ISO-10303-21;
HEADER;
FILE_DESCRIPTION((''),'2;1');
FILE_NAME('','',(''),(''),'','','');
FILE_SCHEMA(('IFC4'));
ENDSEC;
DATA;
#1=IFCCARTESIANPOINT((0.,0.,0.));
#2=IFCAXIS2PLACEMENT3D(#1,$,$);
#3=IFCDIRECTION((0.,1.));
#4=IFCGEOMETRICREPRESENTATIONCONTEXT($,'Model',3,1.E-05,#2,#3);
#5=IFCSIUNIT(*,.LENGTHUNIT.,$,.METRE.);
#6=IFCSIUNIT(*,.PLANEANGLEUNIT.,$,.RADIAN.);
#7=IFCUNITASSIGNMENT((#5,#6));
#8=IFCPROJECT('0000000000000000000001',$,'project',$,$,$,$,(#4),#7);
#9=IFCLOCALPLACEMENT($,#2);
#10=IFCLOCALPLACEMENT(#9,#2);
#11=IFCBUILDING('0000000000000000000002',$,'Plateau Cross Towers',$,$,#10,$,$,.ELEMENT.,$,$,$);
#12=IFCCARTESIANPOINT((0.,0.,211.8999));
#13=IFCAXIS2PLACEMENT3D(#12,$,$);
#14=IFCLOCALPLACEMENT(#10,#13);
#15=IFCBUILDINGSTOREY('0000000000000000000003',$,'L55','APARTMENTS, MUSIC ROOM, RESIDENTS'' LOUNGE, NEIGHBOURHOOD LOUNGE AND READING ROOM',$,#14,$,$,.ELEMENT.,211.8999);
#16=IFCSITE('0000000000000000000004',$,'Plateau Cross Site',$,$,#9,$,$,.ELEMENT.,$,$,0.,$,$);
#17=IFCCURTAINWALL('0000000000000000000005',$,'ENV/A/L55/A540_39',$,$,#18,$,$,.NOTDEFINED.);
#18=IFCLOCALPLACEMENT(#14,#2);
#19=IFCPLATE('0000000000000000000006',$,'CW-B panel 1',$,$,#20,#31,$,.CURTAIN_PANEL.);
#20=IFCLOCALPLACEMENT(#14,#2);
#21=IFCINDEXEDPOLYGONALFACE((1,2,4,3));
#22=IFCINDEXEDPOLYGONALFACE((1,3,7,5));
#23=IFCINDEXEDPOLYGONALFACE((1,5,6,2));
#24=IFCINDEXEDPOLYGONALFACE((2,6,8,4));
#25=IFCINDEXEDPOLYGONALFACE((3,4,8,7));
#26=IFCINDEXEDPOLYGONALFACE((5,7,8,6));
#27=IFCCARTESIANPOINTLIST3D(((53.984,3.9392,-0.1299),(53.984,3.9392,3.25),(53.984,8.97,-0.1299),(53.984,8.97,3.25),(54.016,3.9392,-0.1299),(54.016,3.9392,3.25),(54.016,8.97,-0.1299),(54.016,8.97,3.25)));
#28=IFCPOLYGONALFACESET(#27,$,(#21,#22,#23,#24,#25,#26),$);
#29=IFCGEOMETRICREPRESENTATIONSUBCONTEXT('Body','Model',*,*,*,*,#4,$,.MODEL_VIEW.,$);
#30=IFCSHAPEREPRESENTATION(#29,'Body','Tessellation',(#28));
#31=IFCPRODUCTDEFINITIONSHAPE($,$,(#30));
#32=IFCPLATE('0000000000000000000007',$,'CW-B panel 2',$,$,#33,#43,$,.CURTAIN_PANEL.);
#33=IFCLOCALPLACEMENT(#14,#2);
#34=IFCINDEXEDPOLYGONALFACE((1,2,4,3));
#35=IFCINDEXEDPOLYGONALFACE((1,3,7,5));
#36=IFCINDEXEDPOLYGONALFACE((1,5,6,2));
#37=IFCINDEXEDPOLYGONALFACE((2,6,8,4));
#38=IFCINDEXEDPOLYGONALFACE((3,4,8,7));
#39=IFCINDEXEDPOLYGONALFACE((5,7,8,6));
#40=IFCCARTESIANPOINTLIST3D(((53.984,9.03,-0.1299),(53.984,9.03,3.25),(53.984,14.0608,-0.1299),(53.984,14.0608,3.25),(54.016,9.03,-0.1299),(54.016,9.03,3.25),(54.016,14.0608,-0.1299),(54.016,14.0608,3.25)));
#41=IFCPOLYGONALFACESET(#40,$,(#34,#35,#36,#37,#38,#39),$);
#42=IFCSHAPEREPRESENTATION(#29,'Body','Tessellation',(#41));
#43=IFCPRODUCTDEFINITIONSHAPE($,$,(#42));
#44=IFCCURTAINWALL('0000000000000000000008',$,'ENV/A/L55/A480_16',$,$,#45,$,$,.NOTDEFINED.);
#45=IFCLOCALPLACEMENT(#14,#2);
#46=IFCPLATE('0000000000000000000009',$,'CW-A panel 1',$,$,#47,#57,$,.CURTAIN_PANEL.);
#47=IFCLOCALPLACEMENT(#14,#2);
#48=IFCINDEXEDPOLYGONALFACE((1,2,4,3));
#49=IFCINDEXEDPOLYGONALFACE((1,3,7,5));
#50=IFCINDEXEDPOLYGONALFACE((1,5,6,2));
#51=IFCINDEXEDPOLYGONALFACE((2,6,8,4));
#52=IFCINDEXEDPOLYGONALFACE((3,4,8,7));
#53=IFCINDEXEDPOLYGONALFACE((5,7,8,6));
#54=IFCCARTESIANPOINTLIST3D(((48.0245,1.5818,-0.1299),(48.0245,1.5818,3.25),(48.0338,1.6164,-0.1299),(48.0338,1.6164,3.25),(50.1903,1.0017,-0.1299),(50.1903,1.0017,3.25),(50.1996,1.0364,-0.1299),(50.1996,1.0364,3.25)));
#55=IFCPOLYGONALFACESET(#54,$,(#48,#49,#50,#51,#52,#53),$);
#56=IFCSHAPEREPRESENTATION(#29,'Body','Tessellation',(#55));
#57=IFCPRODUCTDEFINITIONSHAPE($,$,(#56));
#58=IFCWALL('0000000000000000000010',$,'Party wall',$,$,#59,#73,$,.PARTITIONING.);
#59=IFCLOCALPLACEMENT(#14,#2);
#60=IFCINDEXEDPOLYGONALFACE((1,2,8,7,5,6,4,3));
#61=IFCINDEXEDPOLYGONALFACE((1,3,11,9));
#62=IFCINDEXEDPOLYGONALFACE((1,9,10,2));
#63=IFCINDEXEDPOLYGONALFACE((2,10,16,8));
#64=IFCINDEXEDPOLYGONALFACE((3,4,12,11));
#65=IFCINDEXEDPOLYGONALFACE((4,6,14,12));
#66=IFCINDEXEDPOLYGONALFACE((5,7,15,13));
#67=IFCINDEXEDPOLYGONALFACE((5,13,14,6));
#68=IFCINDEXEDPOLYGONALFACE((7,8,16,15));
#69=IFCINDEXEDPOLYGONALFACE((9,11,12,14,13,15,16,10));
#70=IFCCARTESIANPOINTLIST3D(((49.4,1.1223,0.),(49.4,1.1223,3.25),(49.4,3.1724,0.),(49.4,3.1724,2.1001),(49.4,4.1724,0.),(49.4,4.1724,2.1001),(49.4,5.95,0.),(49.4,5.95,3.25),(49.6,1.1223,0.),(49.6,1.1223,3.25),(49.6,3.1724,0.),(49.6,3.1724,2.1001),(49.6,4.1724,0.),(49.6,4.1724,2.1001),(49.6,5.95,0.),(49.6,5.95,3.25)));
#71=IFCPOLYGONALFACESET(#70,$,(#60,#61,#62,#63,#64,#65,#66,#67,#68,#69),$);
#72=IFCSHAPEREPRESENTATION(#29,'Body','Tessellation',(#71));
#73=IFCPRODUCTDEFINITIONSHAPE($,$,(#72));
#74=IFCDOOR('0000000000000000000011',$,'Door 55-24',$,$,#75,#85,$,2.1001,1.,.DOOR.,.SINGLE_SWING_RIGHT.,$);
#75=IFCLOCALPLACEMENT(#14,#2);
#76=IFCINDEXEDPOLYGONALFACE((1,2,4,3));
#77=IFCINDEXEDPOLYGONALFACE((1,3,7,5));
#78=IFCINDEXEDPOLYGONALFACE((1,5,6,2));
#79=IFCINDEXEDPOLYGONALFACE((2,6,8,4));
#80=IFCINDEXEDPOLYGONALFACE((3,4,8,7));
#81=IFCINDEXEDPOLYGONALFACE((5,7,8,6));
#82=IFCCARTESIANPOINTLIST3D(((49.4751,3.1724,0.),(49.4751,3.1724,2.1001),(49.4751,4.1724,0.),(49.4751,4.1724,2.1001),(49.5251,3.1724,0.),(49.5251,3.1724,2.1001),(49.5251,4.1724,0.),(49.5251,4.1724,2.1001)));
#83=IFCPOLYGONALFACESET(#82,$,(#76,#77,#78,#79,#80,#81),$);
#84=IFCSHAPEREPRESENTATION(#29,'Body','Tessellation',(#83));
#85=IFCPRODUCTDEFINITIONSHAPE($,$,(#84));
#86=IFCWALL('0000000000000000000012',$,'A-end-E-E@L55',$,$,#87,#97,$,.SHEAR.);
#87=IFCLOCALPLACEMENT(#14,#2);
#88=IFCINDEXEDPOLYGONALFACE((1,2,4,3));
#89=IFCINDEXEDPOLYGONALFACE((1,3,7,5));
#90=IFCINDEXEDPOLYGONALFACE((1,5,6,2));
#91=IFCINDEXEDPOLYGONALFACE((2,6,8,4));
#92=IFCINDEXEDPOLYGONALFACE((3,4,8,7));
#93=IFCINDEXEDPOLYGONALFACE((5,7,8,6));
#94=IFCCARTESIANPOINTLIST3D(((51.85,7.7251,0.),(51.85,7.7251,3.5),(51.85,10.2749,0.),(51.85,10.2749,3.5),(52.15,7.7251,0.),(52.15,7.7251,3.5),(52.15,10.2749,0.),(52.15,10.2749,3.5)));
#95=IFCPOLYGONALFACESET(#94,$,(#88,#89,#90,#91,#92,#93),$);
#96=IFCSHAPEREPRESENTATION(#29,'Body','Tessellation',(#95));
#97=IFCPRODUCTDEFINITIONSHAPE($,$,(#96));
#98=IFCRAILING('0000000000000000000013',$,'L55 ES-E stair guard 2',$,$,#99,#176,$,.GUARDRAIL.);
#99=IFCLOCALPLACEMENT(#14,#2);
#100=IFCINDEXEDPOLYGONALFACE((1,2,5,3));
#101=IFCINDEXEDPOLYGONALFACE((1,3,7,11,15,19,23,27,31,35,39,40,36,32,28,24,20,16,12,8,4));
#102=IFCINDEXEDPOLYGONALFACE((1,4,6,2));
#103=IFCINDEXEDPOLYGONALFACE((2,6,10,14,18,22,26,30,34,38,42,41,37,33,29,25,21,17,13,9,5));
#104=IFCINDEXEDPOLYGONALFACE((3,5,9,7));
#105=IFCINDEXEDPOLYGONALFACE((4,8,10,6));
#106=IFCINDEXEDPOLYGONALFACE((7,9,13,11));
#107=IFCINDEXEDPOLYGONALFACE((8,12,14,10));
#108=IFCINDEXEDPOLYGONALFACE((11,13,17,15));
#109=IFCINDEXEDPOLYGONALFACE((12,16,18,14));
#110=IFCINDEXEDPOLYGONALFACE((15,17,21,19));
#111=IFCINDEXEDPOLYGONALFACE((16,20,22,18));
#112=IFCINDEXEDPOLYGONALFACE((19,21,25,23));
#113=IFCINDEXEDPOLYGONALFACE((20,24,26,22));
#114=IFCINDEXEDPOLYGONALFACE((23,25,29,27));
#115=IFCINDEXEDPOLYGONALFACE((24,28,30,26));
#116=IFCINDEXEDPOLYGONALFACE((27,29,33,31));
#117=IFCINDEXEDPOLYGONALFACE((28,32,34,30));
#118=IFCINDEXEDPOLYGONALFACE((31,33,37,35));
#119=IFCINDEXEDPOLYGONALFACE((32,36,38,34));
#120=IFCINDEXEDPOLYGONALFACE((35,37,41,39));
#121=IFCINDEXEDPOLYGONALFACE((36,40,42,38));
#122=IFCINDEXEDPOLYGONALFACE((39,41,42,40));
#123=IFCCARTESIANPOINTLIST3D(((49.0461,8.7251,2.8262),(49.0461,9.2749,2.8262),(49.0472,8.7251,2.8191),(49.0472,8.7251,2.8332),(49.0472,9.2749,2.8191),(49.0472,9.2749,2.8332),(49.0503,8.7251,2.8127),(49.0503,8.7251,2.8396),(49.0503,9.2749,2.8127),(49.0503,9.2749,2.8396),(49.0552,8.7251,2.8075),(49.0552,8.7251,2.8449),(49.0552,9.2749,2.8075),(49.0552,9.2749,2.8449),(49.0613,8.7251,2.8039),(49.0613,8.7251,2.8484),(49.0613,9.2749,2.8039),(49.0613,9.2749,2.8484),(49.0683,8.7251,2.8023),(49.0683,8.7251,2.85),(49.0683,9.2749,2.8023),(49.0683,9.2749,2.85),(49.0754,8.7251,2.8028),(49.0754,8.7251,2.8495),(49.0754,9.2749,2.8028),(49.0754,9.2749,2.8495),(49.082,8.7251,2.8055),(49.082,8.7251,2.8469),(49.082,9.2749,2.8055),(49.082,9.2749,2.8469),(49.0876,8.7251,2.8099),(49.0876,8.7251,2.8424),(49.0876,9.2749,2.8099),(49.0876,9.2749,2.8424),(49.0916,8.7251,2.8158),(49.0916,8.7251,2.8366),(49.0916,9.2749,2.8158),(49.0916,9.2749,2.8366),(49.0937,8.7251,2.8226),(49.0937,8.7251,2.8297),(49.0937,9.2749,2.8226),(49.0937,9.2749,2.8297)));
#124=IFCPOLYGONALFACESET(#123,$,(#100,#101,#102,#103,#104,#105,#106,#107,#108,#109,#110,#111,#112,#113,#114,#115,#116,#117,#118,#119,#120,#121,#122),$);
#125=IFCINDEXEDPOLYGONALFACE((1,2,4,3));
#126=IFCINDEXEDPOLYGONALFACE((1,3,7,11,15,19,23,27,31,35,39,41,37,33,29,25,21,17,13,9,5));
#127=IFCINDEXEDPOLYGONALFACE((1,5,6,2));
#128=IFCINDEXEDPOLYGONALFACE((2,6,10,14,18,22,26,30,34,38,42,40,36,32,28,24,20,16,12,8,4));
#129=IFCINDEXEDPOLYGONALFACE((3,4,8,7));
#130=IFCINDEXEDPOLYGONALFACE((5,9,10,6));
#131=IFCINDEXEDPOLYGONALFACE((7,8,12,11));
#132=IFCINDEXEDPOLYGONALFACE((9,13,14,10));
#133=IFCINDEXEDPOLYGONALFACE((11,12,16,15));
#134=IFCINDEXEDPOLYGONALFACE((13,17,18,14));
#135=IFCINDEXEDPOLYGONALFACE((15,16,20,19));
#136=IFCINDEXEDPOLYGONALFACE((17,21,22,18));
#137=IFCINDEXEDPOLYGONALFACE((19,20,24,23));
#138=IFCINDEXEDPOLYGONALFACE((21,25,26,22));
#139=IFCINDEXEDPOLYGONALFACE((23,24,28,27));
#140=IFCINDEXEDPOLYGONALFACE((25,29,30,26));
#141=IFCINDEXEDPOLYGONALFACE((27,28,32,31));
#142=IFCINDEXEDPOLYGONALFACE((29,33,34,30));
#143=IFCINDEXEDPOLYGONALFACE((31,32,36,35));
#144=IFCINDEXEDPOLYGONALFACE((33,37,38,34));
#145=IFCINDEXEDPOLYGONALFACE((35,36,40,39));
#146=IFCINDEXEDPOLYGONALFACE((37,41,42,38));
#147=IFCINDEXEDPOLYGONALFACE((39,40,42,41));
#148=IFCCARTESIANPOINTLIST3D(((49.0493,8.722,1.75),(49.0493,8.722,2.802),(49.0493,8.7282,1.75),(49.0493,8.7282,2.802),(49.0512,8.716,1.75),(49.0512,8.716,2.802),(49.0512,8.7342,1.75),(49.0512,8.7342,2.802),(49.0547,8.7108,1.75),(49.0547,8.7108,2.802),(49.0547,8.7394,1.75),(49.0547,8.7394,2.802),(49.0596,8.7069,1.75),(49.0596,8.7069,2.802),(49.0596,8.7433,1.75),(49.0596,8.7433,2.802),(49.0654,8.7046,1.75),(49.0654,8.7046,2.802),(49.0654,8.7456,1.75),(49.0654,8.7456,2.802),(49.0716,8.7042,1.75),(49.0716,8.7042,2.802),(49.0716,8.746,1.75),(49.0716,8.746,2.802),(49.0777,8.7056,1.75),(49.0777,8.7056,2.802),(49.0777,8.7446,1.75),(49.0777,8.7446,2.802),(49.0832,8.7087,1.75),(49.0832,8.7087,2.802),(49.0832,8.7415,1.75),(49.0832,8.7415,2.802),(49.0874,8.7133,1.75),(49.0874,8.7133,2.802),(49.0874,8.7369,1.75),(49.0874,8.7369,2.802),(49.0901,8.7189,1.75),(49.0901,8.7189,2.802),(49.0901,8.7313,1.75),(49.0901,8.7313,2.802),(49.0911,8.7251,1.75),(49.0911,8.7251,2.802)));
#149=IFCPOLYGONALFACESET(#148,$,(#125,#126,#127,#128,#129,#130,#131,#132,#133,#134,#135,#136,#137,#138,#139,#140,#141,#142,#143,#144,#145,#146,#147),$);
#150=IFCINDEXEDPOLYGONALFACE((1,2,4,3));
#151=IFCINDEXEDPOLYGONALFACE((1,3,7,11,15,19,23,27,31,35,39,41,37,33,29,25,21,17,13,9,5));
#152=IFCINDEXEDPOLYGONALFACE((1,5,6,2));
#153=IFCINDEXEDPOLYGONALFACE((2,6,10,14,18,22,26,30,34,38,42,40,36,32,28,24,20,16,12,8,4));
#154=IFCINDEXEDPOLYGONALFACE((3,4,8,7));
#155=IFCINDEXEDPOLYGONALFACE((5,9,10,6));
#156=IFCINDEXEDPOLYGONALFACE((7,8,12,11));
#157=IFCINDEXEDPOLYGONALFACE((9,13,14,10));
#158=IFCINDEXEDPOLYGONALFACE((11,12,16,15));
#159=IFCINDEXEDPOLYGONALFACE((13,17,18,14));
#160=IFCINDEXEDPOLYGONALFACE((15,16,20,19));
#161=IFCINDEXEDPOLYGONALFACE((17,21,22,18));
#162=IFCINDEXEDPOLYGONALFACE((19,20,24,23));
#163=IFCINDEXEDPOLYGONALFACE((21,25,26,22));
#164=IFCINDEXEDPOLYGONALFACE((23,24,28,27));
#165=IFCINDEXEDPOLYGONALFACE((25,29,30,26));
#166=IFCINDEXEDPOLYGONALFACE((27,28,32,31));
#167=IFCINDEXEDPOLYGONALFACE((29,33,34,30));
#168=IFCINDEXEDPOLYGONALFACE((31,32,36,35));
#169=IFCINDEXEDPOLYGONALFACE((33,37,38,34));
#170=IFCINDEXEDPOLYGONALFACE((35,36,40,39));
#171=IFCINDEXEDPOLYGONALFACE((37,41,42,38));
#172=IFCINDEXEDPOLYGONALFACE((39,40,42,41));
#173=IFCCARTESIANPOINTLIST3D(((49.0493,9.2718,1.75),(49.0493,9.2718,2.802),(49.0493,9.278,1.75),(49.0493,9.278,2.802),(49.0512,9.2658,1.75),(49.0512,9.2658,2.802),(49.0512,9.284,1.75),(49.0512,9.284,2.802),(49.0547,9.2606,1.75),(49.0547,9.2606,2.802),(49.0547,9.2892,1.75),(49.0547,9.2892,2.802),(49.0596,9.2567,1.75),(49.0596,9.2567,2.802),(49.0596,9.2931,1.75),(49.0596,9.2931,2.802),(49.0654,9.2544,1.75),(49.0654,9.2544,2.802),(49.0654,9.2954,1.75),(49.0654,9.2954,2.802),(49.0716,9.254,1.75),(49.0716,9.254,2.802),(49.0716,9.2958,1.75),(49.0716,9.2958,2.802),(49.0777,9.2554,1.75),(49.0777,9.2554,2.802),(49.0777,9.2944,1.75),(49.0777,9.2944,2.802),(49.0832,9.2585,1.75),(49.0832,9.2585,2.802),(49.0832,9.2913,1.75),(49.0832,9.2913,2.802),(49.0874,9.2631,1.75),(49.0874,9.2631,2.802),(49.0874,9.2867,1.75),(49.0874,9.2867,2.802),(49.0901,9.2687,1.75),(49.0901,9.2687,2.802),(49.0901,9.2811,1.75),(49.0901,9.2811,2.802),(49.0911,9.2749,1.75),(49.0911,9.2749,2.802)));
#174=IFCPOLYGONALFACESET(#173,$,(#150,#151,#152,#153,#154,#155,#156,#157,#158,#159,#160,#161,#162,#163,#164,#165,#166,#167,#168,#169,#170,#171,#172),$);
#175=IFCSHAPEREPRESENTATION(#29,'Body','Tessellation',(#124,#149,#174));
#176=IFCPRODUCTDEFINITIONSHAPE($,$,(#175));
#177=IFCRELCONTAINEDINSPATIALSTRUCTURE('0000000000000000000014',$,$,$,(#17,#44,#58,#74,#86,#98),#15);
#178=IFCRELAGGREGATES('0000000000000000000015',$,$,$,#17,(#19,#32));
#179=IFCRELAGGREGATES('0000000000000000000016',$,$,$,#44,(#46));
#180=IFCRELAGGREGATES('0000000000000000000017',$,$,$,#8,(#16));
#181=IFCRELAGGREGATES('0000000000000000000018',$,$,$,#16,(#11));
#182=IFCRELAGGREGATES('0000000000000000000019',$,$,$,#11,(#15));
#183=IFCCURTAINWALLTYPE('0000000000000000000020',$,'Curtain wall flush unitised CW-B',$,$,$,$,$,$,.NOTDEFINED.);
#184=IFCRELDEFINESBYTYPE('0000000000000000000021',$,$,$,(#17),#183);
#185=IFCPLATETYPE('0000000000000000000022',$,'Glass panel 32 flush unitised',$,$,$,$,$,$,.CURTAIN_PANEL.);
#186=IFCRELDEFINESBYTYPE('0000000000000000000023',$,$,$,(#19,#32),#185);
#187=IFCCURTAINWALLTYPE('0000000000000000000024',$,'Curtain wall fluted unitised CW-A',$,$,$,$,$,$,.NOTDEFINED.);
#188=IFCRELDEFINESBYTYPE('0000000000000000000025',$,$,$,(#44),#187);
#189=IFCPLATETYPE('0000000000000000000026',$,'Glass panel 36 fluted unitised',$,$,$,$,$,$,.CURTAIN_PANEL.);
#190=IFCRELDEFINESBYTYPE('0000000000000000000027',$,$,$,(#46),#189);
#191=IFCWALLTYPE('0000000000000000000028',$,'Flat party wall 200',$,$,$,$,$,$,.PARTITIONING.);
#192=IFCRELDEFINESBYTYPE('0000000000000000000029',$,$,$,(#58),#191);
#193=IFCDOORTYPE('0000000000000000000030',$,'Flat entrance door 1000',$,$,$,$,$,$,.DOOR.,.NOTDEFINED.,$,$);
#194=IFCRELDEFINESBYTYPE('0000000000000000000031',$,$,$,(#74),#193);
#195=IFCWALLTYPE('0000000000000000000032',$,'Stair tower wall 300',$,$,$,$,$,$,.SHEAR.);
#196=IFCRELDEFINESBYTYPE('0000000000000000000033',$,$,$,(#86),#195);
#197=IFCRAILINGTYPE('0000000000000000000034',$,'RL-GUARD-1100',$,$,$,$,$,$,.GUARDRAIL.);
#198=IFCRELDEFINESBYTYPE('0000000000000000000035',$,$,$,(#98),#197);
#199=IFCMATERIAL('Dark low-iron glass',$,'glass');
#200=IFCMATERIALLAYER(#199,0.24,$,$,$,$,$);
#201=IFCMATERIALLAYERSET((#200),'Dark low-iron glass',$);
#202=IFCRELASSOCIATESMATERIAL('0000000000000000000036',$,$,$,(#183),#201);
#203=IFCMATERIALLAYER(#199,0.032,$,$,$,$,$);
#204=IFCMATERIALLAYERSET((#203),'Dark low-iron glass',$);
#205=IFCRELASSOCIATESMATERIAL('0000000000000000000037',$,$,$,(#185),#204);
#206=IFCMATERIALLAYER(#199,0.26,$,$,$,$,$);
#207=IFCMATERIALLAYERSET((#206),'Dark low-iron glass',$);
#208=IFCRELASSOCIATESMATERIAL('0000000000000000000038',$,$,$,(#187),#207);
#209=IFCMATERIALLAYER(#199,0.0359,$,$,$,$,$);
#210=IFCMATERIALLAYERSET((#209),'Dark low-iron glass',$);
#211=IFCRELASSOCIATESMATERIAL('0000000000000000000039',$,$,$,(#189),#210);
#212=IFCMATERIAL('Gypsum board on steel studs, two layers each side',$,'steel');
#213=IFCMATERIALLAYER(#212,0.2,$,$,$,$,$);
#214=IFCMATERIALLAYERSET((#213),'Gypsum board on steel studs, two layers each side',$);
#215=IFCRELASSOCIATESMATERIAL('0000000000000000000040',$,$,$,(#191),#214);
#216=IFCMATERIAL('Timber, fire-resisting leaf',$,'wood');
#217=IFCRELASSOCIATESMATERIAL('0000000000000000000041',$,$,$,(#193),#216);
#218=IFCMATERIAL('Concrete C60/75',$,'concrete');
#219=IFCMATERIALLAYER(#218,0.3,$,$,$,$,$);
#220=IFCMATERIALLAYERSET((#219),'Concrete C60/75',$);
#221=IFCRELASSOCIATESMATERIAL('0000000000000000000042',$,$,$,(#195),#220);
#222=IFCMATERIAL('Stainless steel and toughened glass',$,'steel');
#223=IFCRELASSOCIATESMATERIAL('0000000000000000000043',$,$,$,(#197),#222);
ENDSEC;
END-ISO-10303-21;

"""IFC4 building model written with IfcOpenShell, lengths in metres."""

from ifc_helpers import new_model, si_unit, direction, frame, frame_2d, origin, origin_2d, place, context, subcontext, project, spatial, rectangle, circle, extrude, material, layer, layer_set, type_object, element, fill, aggregate, save


model = new_model("IFC4")

# Units and contexts
model_context = context("Model", 3, precision=1e-05, world=origin(), true_north=direction((0.0, 1.0)))
body_context = subcontext(model_context, "Body", "Model", "MODEL_VIEW")
ifc_project = project(units=[si_unit("LENGTHUNIT", "METRE"), si_unit("PLANEANGLEUNIT", "RADIAN")], contexts=[model_context])

# Site, building, storey
site_placement = place(None, origin())
site = spatial("IfcSite", under=ifc_project, at=site_placement, Name="Plateau Cross Site", CompositionType="ELEMENT", RefElevation=0.0)
building_placement = place(site_placement, origin())
building = spatial("IfcBuilding", under=site, at=building_placement, Name="Plateau Cross Towers", CompositionType="ELEMENT")
storey_placement = place(building_placement, frame((0.0, 0.0, 211.8999)))
storey = spatial("IfcBuildingStorey", under=building, at=storey_placement, Name="L55", Description="APARTMENTS, MUSIC ROOM, RESIDENTS' LOUNGE, NEIGHBOURHOOD LOUNGE AND READING ROOM", CompositionType="ELEMENT", Elevation=211.8999)

# Shared definitions
ifc_material_1 = material(Name="Concrete C60/75", Category="concrete")

# Shared definitions
ifc_material_2 = material(Name="Dark low-iron glass", Category="glass")
ifc_layer_1 = layer(ifc_material_2, 0.24)
ifc_layer_set_1 = layer_set([ifc_layer_1], Name="Dark low-iron glass")
curtain_wall_type_1 = type_object("IfcCurtainWallType", Name="Curtain wall flush unitised CW-B", PredefinedType="NOTDEFINED", material=ifc_layer_set_1)

# Curtain wall
curtain_wall_1_placement = place(storey_placement, origin())
curtain_wall_1 = element("IfcCurtainWall", 1, at=curtain_wall_1_placement, inside=storey, type_object=curtain_wall_type_1, Name="ENV/A/L55/A540_39", PredefinedType="NOTDEFINED")

# Plates
ifc_layer_2 = layer(ifc_material_2, 0.032)
ifc_layer_set_2 = layer_set([ifc_layer_2], Name="Dark low-iron glass")
plate_type_1 = type_object("IfcPlateType", Name="Glass panel 32 flush unitised", PredefinedType="CURTAIN_PANEL", material=ifc_layer_set_2)
plate_1_placement = place(storey_placement, frame((54.0, 6.4546, -0.1299), z_axis=(0.0, 0.0, 1.0), x_axis=(0.0, 1.0, 0.0)))
plate_1 = element("IfcPlate", 2, at=plate_1_placement, type_object=plate_type_1, Name="CW-B panel 1", PredefinedType="CURTAIN_PANEL", context=body_context, shape_type="SweptSolid", body=[
    extrude(rectangle(XDim=5.0308, YDim=0.032, at=origin_2d()), origin(), (0.0, 0.0, 1.0), 3.3799),
])
plate_2_placement = place(storey_placement, frame((54.0, 11.5454, -0.1299), z_axis=(0.0, 0.0, 1.0), x_axis=(0.0, 1.0, 0.0)))
plate_2 = element("IfcPlate", 3, at=plate_2_placement, type_object=plate_type_1, Name="CW-B panel 2", PredefinedType="CURTAIN_PANEL", context=body_context, shape_type="SweptSolid", body=[
    extrude(rectangle(XDim=5.0308, YDim=0.032, at=origin_2d()), origin(), (0.0, 0.0, 1.0), 3.3799),
])
aggregate(curtain_wall_1, [plate_1, plate_2])

# Curtain wall, plate
ifc_layer_3 = layer(ifc_material_2, 0.26)
ifc_layer_set_3 = layer_set([ifc_layer_3], Name="Dark low-iron glass")
curtain_wall_type_2 = type_object("IfcCurtainWallType", Name="Curtain wall fluted unitised CW-A", PredefinedType="NOTDEFINED", material=ifc_layer_set_3)
curtain_wall_2_placement = place(storey_placement, origin())
curtain_wall_2 = element("IfcCurtainWall", 4, at=curtain_wall_2_placement, inside=storey, type_object=curtain_wall_type_2, Name="ENV/A/L55/A480_16", PredefinedType="NOTDEFINED")
ifc_layer_4 = layer(ifc_material_2, 0.0359)
ifc_layer_set_4 = layer_set([ifc_layer_4], Name="Dark low-iron glass")
plate_type_2 = type_object("IfcPlateType", Name="Glass panel 36 fluted unitised", PredefinedType="CURTAIN_PANEL", material=ifc_layer_set_4)
plate_3_placement = place(storey_placement, frame((49.1121, 1.3091, -0.1299), z_axis=(0.0, 0.0, 1.0), x_axis=(0.965958, -0.258699, 0.0)))
plate_3 = element("IfcPlate", 5, at=plate_3_placement, type_object=plate_type_2, Name="CW-A panel 1", PredefinedType="CURTAIN_PANEL", context=body_context, shape_type="SweptSolid", body=[
    extrude(rectangle(XDim=2.2422, YDim=0.0359, at=origin_2d()), origin(), (0.0, 0.0, 1.0), 3.3799),
])
aggregate(curtain_wall_2, [plate_3])

# Wall, opening, door
ifc_material_3 = material(Name="Gypsum board on steel studs, two layers each side", Category="steel")
ifc_layer_5 = layer(ifc_material_3, 0.2)
ifc_layer_set_5 = layer_set([ifc_layer_5], Name="Gypsum board on steel studs, two layers each side")
wall_type_1 = type_object("IfcWallType", Name="Flat party wall 200", PredefinedType="PARTITIONING", material=ifc_layer_set_5)
wall_1_placement = place(storey_placement, frame((49.5, 1.1223, 0.0), z_axis=(0.0, 0.0, 1.0), x_axis=(0.0, 1.0, 0.0)))
wall_1 = element("IfcWall", 6, at=wall_1_placement, inside=storey, type_object=wall_type_1, Name="Party wall", PredefinedType="PARTITIONING", context=body_context, shape_type="SweptSolid", body=[
    extrude(rectangle(XDim=4.8276, YDim=0.2, at=frame_2d((2.4138, 0.0))), origin(), (0.0, 0.0, 1.0), 3.25),
])
opening_placement = place(wall_1_placement, frame((2.05, 0.0, 0.0)))
opening = element("IfcOpeningElement", 7, at=opening_placement, cuts=wall_1, PredefinedType="OPENING", context=body_context, shape_type="SweptSolid", body=[
    extrude(rectangle(XDim=1.0, YDim=2.1001, at=frame_2d((0.5, 1.05))), frame((0.0, 0.1099, 0.0), z_axis=(0.0, -1.0, 0.0), x_axis=(1.0, 0.0, 0.0)), (0.0, 0.0, 1.0), 0.22),
])
ifc_material_4 = material(Name="Timber, fire-resisting leaf", Category="wood")
door_type = type_object("IfcDoorType", Name="Flat entrance door 1000", OperationType="NOTDEFINED", PredefinedType="DOOR", material=ifc_material_4)
door_placement = place(opening_placement, origin())
door = element("IfcDoor", 8, at=door_placement, inside=storey, type_object=door_type, Name="Door 55-24", OperationType="SINGLE_SWING_RIGHT", OverallHeight=2.1001, OverallWidth=1.0, PredefinedType="DOOR", context=body_context, shape_type="SweptSolid", body=[
    extrude(rectangle(XDim=1.0, YDim=2.1001, at=frame_2d((0.5, 1.05))), frame((0.0, 0.0249, 0.0), z_axis=(0.0, -1.0, 0.0), x_axis=(1.0, 0.0, 0.0)), (0.0, 0.0, 1.0), 0.05),
])
fill(opening, door)

# Wall
ifc_layer_6 = layer(ifc_material_1, 0.3)
ifc_layer_set_6 = layer_set([ifc_layer_6], Name="Concrete C60/75")
wall_type_2 = type_object("IfcWallType", Name="Stair tower wall 300", PredefinedType="SHEAR", material=ifc_layer_set_6)
wall_2_placement = place(storey_placement, frame((52.0, 7.7251, 0.0), z_axis=(0.0, 0.0, 1.0), x_axis=(0.0, 1.0, 0.0)))
element("IfcWall", 9, at=wall_2_placement, inside=storey, type_object=wall_type_2, Name="A-end-E-E@L55", PredefinedType="SHEAR", context=body_context, shape_type="SweptSolid", body=[
    extrude(rectangle(XDim=2.5498, YDim=0.3, at=frame_2d((1.2749, 0.0))), origin(), (0.0, 0.0, 1.0), 3.5),
])

# Railing
ifc_material_5 = material(Name="Stainless steel and toughened glass", Category="steel")
railing_type_1 = type_object("IfcRailingType", Name="RL-GUARD-1100", PredefinedType="GUARDRAIL", material=ifc_material_5)
railing_1_placement = place(storey_placement, frame((49.0701, 8.7251, 1.75)))
element("IfcRailing", 10, at=railing_1_placement, inside=storey, type_object=railing_type_1, Name="L55 ES-E stair guard 2", PredefinedType="GUARDRAIL", context=body_context, shape_type="SweptSolid", body=[
    extrude(circle(Radius=0.0239, at=origin_2d()), frame((0.0, 0.0, 1.0762), z_axis=(0.0, 1.0, 0.0), x_axis=(-1.0, 0.0, 0.0)), (0.0, 0.0, 1.0), 0.5498),
    extrude(circle(Radius=0.021, at=origin_2d()), origin(), (0.0, 0.0, 1.0), 1.052),
    extrude(circle(Radius=0.021, at=origin_2d()), frame((0.0, 0.5498, 0.0)), (0.0, 0.0, 1.0), 1.052),
])

save(model, "model.ifc")
